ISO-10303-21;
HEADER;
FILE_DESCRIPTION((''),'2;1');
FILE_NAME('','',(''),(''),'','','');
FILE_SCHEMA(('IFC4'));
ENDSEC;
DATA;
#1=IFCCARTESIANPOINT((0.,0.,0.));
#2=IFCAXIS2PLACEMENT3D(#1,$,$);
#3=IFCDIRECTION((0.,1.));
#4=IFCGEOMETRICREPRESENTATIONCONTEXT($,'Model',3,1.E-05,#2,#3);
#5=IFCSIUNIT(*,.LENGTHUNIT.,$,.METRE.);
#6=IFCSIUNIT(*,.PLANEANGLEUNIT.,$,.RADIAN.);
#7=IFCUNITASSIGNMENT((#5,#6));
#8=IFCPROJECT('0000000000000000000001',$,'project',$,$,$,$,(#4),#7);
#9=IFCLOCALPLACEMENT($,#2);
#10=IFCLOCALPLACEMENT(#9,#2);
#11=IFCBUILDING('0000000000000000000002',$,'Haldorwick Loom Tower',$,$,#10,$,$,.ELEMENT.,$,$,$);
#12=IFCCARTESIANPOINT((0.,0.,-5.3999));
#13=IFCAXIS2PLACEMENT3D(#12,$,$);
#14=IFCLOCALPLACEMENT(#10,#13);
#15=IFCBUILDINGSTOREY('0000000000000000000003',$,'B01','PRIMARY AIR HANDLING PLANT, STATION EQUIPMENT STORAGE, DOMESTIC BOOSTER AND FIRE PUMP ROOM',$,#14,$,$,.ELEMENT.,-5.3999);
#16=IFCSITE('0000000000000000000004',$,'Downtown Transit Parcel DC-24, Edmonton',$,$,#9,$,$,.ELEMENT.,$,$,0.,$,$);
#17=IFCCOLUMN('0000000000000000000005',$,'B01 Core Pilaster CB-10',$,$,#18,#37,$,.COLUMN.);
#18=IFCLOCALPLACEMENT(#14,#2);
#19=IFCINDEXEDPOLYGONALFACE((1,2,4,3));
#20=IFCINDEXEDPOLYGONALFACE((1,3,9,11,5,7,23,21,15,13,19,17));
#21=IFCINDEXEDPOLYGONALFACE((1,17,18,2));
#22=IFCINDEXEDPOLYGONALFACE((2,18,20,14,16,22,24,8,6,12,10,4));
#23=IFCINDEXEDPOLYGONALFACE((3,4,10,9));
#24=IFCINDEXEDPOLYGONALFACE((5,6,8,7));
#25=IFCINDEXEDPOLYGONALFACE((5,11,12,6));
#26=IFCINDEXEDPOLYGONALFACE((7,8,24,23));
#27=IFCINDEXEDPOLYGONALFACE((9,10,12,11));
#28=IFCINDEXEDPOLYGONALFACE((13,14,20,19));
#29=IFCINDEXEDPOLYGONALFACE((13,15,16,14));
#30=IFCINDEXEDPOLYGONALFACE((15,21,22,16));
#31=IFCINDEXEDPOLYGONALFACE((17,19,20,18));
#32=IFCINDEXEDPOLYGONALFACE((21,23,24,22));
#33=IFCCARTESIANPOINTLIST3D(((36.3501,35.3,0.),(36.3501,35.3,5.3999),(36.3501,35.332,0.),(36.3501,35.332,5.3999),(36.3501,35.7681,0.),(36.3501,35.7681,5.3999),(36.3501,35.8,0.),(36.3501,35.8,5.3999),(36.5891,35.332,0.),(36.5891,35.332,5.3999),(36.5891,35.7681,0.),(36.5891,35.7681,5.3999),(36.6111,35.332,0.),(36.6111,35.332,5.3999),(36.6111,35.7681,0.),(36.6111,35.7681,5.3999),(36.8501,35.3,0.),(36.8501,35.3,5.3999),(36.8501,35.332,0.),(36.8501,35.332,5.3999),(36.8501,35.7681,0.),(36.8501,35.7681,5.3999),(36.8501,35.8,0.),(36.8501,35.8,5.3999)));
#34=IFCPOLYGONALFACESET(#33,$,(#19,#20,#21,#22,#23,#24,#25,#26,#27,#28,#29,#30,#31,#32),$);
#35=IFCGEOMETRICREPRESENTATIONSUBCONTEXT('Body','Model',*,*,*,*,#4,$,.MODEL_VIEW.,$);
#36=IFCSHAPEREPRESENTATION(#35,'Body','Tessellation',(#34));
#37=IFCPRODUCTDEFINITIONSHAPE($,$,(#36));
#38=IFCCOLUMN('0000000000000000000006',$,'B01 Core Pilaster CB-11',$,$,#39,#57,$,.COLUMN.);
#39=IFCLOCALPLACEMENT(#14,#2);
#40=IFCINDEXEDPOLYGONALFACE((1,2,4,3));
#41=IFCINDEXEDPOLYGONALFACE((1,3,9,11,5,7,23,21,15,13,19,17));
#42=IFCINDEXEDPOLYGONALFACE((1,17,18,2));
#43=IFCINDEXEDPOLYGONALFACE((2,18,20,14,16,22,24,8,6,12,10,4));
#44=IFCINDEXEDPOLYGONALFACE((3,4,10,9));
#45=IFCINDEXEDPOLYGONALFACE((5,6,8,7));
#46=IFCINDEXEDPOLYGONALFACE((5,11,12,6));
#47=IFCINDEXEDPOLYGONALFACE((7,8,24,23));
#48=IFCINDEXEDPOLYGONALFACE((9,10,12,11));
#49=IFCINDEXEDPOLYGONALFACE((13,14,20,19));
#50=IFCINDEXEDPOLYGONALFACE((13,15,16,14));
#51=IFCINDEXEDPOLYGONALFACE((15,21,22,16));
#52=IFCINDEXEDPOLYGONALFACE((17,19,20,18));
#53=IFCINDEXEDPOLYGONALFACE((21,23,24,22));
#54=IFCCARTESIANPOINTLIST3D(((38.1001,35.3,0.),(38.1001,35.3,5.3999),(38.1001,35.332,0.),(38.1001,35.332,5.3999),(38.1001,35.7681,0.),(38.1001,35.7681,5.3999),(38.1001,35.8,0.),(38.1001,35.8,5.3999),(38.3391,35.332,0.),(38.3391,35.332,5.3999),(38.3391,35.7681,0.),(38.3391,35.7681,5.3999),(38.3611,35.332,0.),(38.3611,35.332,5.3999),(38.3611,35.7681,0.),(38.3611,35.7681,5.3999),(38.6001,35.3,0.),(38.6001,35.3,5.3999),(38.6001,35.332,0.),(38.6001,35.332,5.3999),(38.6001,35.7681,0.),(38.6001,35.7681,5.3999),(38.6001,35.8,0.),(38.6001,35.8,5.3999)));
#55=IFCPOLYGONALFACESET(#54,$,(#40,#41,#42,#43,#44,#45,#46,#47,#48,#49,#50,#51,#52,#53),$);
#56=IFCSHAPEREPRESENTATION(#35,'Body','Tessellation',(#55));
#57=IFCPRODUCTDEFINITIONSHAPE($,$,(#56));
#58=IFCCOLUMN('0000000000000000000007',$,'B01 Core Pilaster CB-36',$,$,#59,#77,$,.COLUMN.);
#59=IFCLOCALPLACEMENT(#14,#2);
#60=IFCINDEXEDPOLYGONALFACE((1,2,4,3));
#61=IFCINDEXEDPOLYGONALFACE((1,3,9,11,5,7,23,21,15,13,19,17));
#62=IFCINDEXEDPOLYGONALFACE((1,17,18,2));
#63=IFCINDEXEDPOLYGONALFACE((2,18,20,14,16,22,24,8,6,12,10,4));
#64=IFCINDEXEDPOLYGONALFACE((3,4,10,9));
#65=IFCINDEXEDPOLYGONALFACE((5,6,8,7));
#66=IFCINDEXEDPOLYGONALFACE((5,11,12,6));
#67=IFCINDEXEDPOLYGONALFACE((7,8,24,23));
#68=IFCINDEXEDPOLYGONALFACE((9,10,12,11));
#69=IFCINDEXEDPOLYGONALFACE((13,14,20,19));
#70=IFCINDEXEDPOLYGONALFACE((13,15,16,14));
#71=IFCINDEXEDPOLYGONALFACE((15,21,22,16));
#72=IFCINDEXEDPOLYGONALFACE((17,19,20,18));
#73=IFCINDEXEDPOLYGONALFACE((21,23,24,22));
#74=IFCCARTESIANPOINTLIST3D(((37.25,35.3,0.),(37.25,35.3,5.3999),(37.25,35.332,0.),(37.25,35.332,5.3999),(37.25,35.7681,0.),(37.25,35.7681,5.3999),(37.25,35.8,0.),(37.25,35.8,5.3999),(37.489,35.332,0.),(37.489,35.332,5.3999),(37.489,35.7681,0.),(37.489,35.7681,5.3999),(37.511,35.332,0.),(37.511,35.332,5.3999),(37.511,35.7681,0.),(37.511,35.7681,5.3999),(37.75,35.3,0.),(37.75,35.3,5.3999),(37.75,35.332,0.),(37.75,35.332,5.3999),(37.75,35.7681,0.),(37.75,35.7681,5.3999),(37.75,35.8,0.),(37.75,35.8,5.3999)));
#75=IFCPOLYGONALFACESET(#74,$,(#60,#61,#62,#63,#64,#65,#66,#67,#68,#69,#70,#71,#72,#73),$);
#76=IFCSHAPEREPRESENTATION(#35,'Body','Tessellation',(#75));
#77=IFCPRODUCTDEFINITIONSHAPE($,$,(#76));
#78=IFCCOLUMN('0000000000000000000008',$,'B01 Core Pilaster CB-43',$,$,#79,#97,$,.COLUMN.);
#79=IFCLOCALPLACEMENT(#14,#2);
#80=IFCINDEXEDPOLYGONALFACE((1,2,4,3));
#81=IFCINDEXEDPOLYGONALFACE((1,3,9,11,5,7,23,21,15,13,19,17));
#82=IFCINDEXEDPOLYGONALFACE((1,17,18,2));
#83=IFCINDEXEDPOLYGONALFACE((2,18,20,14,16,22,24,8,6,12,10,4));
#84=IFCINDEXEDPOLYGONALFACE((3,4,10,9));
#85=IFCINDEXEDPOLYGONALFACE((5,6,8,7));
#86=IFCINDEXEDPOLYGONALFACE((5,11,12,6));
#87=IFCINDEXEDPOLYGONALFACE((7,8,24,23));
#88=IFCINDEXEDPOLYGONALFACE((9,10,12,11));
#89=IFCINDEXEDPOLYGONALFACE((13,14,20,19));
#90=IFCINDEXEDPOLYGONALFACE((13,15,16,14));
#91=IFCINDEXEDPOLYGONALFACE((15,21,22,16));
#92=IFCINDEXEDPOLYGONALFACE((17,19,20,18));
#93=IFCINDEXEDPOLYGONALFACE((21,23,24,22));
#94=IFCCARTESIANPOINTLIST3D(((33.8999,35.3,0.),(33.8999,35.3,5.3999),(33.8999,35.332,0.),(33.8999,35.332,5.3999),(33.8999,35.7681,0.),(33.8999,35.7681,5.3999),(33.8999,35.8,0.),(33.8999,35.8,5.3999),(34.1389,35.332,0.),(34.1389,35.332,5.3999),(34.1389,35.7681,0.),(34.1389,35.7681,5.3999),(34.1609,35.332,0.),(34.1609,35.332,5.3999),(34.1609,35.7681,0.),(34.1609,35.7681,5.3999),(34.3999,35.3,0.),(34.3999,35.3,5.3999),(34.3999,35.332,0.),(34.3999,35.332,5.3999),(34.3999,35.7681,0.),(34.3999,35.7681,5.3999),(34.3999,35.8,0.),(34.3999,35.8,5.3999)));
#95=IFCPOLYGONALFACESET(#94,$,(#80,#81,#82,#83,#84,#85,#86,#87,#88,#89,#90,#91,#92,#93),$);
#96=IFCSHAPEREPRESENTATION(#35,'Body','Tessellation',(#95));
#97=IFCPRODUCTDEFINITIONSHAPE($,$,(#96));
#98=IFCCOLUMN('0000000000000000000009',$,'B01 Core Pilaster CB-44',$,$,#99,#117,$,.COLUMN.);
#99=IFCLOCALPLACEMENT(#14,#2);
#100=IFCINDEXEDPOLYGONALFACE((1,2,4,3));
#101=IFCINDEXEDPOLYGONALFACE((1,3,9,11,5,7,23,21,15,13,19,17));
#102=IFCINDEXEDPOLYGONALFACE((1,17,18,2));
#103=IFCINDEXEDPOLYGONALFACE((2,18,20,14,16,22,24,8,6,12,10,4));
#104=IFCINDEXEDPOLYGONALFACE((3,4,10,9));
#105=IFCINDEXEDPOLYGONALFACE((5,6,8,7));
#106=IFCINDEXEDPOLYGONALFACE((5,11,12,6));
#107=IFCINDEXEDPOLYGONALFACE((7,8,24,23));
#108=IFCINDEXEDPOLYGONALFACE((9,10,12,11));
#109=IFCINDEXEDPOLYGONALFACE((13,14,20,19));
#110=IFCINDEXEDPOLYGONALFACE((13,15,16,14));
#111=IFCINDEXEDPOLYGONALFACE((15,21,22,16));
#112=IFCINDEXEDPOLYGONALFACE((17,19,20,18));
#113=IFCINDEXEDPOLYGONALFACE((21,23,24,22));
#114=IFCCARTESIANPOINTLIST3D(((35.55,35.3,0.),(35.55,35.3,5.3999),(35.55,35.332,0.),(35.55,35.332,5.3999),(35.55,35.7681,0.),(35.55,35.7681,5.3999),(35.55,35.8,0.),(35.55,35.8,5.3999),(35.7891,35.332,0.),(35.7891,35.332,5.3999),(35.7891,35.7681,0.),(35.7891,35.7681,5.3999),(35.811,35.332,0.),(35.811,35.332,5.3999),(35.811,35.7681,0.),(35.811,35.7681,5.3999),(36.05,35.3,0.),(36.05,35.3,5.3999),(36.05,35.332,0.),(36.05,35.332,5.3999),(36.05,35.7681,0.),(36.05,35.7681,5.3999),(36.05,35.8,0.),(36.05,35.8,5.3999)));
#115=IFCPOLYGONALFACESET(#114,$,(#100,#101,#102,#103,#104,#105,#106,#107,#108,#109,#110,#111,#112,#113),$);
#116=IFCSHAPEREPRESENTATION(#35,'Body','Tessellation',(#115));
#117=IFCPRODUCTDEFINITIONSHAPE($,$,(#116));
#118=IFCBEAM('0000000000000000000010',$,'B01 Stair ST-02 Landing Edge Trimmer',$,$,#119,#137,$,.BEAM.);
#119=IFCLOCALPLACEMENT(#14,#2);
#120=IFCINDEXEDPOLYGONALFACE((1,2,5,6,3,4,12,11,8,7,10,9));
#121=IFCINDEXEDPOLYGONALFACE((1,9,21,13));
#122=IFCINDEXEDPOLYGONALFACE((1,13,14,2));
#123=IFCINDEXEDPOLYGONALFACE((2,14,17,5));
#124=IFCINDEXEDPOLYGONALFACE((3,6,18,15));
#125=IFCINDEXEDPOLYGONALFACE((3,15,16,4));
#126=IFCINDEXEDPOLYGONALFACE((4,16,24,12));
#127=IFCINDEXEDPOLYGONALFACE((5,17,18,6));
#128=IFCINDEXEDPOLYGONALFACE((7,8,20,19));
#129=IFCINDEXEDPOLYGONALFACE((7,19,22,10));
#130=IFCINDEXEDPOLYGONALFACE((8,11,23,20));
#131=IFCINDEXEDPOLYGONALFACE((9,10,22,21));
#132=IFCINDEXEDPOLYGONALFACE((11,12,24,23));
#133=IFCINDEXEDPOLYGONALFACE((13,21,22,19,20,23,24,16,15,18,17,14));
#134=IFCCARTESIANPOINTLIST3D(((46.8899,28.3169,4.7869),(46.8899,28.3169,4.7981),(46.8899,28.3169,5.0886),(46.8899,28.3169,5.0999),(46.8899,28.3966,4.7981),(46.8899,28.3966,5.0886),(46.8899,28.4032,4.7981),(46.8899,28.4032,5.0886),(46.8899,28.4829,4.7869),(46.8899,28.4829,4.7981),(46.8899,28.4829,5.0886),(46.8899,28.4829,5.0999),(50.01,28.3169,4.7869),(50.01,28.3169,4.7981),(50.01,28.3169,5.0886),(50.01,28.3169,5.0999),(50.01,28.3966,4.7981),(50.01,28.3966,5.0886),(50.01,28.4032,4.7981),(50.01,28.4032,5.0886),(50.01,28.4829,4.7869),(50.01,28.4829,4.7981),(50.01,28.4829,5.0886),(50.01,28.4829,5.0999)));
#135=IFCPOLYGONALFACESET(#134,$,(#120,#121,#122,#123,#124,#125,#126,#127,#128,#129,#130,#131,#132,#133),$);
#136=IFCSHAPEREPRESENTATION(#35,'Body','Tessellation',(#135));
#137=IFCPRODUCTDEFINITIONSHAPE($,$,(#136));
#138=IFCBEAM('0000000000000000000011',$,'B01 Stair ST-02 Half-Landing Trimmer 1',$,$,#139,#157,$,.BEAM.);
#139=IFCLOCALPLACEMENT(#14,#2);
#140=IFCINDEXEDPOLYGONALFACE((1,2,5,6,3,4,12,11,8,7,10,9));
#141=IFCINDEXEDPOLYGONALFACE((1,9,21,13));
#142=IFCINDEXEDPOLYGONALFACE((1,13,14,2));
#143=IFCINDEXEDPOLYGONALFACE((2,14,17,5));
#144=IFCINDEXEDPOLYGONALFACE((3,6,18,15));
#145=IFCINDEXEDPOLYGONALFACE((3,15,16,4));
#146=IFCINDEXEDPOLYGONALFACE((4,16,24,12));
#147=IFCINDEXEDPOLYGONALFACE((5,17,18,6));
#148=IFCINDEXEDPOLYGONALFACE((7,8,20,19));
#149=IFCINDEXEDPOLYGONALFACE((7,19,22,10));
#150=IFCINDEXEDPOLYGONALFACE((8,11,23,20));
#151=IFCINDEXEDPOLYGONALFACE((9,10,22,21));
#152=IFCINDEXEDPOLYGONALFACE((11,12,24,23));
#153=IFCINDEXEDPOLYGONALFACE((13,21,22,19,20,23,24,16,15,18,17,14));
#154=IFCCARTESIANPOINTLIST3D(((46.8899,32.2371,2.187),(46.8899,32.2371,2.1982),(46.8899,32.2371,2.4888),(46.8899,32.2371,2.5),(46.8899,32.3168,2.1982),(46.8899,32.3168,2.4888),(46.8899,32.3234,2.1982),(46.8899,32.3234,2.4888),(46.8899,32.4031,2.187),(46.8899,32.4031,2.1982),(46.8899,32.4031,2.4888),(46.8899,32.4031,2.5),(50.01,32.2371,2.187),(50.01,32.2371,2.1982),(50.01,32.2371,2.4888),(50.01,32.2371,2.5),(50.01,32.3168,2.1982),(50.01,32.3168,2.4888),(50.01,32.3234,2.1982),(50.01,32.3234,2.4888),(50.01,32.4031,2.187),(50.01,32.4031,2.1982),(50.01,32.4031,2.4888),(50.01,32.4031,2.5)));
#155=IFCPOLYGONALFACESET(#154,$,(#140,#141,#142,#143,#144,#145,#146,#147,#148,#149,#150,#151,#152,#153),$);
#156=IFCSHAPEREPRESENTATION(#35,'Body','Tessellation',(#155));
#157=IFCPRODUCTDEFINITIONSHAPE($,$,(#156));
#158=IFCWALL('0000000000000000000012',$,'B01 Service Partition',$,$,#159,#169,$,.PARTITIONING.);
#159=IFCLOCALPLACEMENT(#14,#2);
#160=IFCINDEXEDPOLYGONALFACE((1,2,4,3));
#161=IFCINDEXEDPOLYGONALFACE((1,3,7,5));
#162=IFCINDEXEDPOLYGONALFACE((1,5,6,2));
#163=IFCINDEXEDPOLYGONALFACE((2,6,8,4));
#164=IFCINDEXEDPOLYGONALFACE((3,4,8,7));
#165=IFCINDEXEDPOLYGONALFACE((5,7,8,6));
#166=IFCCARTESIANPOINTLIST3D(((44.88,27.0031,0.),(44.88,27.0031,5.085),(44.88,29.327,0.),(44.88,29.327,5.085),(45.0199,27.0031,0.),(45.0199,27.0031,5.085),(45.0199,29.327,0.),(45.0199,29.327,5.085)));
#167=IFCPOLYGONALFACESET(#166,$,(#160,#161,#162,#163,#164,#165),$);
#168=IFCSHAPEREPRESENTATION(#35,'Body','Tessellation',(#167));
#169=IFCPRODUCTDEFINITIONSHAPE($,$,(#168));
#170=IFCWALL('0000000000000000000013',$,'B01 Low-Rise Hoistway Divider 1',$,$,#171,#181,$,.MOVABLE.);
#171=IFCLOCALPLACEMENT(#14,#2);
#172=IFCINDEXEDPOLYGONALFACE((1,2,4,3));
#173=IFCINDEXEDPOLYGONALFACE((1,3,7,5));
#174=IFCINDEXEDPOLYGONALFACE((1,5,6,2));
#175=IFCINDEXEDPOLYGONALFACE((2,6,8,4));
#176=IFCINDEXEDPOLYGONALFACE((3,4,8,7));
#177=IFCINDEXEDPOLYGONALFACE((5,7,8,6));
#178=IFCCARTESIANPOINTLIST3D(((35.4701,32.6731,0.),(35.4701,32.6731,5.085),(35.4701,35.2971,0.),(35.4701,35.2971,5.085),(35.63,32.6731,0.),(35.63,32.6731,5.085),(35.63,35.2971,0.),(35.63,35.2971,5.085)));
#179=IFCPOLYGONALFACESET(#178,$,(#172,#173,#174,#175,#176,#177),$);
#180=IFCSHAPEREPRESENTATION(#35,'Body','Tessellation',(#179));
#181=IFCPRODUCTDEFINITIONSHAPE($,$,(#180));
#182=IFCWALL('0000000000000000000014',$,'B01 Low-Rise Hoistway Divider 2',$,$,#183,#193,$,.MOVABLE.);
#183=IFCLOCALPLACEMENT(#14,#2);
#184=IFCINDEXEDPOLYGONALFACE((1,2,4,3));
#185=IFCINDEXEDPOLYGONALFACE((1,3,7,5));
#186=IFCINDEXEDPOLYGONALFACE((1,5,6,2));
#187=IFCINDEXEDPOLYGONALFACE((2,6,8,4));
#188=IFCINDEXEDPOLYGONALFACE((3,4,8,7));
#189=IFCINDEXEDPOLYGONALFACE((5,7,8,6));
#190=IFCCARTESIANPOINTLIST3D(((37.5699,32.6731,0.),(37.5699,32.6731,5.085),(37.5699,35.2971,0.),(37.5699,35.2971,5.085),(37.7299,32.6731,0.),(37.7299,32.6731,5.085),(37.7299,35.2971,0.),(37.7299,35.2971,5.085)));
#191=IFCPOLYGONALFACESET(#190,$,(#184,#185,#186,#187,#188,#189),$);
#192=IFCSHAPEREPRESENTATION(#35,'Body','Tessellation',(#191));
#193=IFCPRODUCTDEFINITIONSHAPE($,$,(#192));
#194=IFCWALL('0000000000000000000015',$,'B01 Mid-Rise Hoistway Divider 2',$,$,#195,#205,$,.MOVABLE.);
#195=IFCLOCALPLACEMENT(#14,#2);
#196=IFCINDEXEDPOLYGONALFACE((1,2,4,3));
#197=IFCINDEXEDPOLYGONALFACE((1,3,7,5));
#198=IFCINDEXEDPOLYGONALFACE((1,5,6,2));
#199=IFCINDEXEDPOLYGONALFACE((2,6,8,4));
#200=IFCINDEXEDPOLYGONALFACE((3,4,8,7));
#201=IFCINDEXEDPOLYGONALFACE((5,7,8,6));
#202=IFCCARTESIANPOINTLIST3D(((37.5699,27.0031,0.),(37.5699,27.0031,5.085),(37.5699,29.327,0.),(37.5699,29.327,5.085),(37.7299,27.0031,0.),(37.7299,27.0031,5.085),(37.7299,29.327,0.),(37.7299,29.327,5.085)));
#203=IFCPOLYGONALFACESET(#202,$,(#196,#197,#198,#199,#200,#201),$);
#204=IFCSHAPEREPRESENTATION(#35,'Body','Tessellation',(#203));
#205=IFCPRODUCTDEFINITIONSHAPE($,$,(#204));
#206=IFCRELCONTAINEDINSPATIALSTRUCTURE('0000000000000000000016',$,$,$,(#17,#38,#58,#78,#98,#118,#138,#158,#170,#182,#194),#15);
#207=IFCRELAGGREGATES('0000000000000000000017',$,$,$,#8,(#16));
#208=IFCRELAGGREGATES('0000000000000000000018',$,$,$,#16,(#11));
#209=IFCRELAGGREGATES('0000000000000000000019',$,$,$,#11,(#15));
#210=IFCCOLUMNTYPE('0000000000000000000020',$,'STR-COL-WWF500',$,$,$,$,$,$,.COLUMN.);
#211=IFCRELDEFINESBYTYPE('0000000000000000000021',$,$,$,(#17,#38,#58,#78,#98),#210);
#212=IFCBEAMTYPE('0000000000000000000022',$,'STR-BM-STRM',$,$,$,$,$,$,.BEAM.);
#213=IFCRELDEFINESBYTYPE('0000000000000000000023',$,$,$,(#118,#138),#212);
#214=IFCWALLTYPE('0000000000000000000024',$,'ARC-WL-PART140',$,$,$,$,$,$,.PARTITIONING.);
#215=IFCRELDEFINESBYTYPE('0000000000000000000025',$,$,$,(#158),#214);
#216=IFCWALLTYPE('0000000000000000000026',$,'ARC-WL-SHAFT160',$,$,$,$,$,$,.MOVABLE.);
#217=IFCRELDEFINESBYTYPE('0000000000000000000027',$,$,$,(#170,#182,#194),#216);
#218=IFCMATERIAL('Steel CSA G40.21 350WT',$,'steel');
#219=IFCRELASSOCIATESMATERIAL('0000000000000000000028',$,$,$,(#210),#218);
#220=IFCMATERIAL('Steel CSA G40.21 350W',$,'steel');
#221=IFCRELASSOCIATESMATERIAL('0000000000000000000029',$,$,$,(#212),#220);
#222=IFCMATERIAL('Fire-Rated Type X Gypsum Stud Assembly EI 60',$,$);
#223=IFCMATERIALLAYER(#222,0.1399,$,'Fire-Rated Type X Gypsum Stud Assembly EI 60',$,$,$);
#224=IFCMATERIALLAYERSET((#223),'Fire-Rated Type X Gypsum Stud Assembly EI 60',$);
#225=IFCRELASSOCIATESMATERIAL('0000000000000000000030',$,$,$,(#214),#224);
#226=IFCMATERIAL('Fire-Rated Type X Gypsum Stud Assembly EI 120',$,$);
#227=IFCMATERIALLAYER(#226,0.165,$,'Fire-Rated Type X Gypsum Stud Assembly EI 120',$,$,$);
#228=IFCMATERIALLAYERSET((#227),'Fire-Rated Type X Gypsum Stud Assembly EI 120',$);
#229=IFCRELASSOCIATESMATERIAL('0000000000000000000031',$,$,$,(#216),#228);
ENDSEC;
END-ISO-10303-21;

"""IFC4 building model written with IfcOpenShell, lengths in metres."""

from ifc_helpers import new_model, si_unit, direction, frame, frame_2d, origin, origin_2d, place, context, subcontext, project, spatial, rectangle, i_section, extrude, material, layer, layer_set, material_profile, profile_set, type_object, element, save


model = new_model("IFC4")

# Units and contexts
model_context = context("Model", 3, precision=1e-05, world=origin(), true_north=direction((0.0, 1.0)))
body_context = subcontext(model_context, "Body", "Model", "MODEL_VIEW")
ifc_project = project(units=[si_unit("LENGTHUNIT", "METRE"), si_unit("PLANEANGLEUNIT", "RADIAN")], contexts=[model_context])

# Site, building, storey
site_placement = place(None, origin())
site = spatial("IfcSite", under=ifc_project, at=site_placement, Name="Downtown Transit Parcel DC-24, Edmonton", CompositionType="ELEMENT", RefElevation=0.0)
building_placement = place(site_placement, origin())
building = spatial("IfcBuilding", under=site, at=building_placement, Name="Haldorwick Loom Tower", CompositionType="ELEMENT")
storey_placement = place(building_placement, frame((0.0, 0.0, -5.3999)))
storey = spatial("IfcBuildingStorey", under=building, at=storey_placement, Name="B01", Description="PRIMARY AIR HANDLING PLANT, STATION EQUIPMENT STORAGE, DOMESTIC BOOSTER AND FIRE PUMP ROOM", CompositionType="ELEMENT", Elevation=-5.3999)

# Columns
ifc_material_1 = material(Name="Steel CSA G40.21 350WT", Category="steel")
ifc_material_profile_1 = material_profile(ifc_material_1, i_section(OverallWidth=0.5, OverallDepth=0.5, WebThickness=0.022, FlangeThickness=0.032, at=origin_2d()), Name="WWF500X500", Category="steel")
ifc_profile_set_1 = profile_set([ifc_material_profile_1], Name="Steel CSA G40.21 350WT")
column_type = type_object("IfcColumnType", Name="STR-COL-WWF500", PredefinedType="COLUMN", material=ifc_profile_set_1)
for number, where, z_axis, x_axis, name in (
    (1, (36.6001, 35.55, 0.0), (0.0, 0.0, 1.0), (1.0, 0.0, 0.0), "B01 Core Pilaster CB-10"),
    (2, (38.3501, 35.55, 0.0), (0.0, 0.0, 1.0), (1.0, 0.0, 0.0), "B01 Core Pilaster CB-11"),
    (3, (37.5, 35.55, 0.0), (0.0, 0.0, 1.0), (1.0, 0.0, 0.0), "B01 Core Pilaster CB-36"),
    (4, (34.1499, 35.55, 0.0), (0.0, 0.0, 1.0), (1.0, 0.0, 0.0), "B01 Core Pilaster CB-43"),
    (5, (35.8, 35.55, 0.0), (0.0, 0.0, 1.0), (1.0, 0.0, 0.0), "B01 Core Pilaster CB-44"),
):
    element("IfcColumn", number, at=place(storey_placement, frame(where, z_axis=z_axis, x_axis=x_axis)), inside=storey, type_object=column_type, Name=name, PredefinedType="COLUMN", context=body_context, shape_type="SweptSolid", body=[
        extrude(i_section(OverallWidth=0.5, OverallDepth=0.5, WebThickness=0.022, FlangeThickness=0.032, at=origin_2d()), origin(), (0.0, 0.0, 1.0), 5.3999),
    ])

# Beams
ifc_material_2 = material(Name="Steel CSA G40.21 350W", Category="steel")
ifc_material_profile_2 = material_profile(ifc_material_2, i_section(OverallWidth=0.166, OverallDepth=0.313, WebThickness=0.0066, FlangeThickness=0.0112, at=origin_2d()), Name="W310X45", Category="steel")
ifc_profile_set_2 = profile_set([ifc_material_profile_2], Name="Steel CSA G40.21 350W")
beam_type = type_object("IfcBeamType", Name="STR-BM-STRM", PredefinedType="BEAM", material=ifc_profile_set_2)
for number, where, z_axis, x_axis, name in (
    (6, (46.8899, 28.3999, 4.9434), (1.0, 0.0, 0.0), (0.0, 1.0, 0.0), "B01 Stair ST-02 Landing Edge Trimmer"),
    (7, (46.8899, 32.3201, 2.3435), (1.0, 0.0, 0.0), (0.0, 1.0, 0.0), "B01 Stair ST-02 Half-Landing Trimmer 1"),
):
    element("IfcBeam", number, at=place(storey_placement, frame(where, z_axis=z_axis, x_axis=x_axis)), inside=storey, type_object=beam_type, Name=name, PredefinedType="BEAM", context=body_context, shape_type="SweptSolid", body=[
        extrude(i_section(OverallWidth=0.166, OverallDepth=0.313, WebThickness=0.0066, FlangeThickness=0.0112, at=origin_2d()), origin(), (0.0, 0.0, 1.0), 3.1201),
    ])

# Walls
ifc_material_3 = material(Name="Fire-Rated Type X Gypsum Stud Assembly EI 60")
ifc_layer_1 = layer(ifc_material_3, 0.1399, Name="Fire-Rated Type X Gypsum Stud Assembly EI 60")
ifc_layer_set_1 = layer_set([ifc_layer_1], Name="Fire-Rated Type X Gypsum Stud Assembly EI 60")
wall_type_1 = type_object("IfcWallType", Name="ARC-WL-PART140", PredefinedType="PARTITIONING", material=ifc_layer_set_1)
wall_1_placement = place(storey_placement, frame((44.95, 27.0029, 0.0), z_axis=(0.0, 0.0, 1.0), x_axis=(0.0, 1.0, 0.0)))
element("IfcWall", 8, at=wall_1_placement, inside=storey, type_object=wall_type_1, Name="B01 Service Partition", PredefinedType="PARTITIONING", context=body_context, shape_type="SweptSolid", body=[
    extrude(rectangle(XDim=2.324, YDim=0.1399, at=frame_2d((1.1621, 0.0))), origin(), (0.0, 0.0, 1.0), 5.085),
])
ifc_material_4 = material(Name="Fire-Rated Type X Gypsum Stud Assembly EI 120")
ifc_layer_2 = layer(ifc_material_4, 0.165, Name="Fire-Rated Type X Gypsum Stud Assembly EI 120")
ifc_layer_set_2 = layer_set([ifc_layer_2], Name="Fire-Rated Type X Gypsum Stud Assembly EI 120")
wall_type_2 = type_object("IfcWallType", Name="ARC-WL-SHAFT160", PredefinedType="MOVABLE", material=ifc_layer_set_2)
for number, where, z_axis, x_axis, name in (
    (9, (35.55, 32.6731, 0.0), (0.0, 0.0, 1.0), (0.0, 1.0, 0.0), "B01 Low-Rise Hoistway Divider 1"),
    (10, (37.6499, 32.6731, 0.0), (0.0, 0.0, 1.0), (0.0, 1.0, 0.0), "B01 Low-Rise Hoistway Divider 2"),
):
    element("IfcWall", number, at=place(storey_placement, frame(where, z_axis=z_axis, x_axis=x_axis)), inside=storey, type_object=wall_type_2, Name=name, PredefinedType="MOVABLE", context=body_context, shape_type="SweptSolid", body=[
        extrude(rectangle(XDim=2.624, YDim=0.1599, at=frame_2d((1.312, 0.0))), origin(), (0.0, 0.0, 1.0), 5.085),
    ])
wall_2_placement = place(storey_placement, frame((37.6499, 27.0029, 0.0), z_axis=(0.0, 0.0, 1.0), x_axis=(0.0, 1.0, 0.0)))
element("IfcWall", 11, at=wall_2_placement, inside=storey, type_object=wall_type_2, Name="B01 Mid-Rise Hoistway Divider 2", PredefinedType="MOVABLE", context=body_context, shape_type="SweptSolid", body=[
    extrude(rectangle(XDim=2.324, YDim=0.1599, at=frame_2d((1.1621, 0.0))), origin(), (0.0, 0.0, 1.0), 5.085),
])

save(model, "model.ifc")
